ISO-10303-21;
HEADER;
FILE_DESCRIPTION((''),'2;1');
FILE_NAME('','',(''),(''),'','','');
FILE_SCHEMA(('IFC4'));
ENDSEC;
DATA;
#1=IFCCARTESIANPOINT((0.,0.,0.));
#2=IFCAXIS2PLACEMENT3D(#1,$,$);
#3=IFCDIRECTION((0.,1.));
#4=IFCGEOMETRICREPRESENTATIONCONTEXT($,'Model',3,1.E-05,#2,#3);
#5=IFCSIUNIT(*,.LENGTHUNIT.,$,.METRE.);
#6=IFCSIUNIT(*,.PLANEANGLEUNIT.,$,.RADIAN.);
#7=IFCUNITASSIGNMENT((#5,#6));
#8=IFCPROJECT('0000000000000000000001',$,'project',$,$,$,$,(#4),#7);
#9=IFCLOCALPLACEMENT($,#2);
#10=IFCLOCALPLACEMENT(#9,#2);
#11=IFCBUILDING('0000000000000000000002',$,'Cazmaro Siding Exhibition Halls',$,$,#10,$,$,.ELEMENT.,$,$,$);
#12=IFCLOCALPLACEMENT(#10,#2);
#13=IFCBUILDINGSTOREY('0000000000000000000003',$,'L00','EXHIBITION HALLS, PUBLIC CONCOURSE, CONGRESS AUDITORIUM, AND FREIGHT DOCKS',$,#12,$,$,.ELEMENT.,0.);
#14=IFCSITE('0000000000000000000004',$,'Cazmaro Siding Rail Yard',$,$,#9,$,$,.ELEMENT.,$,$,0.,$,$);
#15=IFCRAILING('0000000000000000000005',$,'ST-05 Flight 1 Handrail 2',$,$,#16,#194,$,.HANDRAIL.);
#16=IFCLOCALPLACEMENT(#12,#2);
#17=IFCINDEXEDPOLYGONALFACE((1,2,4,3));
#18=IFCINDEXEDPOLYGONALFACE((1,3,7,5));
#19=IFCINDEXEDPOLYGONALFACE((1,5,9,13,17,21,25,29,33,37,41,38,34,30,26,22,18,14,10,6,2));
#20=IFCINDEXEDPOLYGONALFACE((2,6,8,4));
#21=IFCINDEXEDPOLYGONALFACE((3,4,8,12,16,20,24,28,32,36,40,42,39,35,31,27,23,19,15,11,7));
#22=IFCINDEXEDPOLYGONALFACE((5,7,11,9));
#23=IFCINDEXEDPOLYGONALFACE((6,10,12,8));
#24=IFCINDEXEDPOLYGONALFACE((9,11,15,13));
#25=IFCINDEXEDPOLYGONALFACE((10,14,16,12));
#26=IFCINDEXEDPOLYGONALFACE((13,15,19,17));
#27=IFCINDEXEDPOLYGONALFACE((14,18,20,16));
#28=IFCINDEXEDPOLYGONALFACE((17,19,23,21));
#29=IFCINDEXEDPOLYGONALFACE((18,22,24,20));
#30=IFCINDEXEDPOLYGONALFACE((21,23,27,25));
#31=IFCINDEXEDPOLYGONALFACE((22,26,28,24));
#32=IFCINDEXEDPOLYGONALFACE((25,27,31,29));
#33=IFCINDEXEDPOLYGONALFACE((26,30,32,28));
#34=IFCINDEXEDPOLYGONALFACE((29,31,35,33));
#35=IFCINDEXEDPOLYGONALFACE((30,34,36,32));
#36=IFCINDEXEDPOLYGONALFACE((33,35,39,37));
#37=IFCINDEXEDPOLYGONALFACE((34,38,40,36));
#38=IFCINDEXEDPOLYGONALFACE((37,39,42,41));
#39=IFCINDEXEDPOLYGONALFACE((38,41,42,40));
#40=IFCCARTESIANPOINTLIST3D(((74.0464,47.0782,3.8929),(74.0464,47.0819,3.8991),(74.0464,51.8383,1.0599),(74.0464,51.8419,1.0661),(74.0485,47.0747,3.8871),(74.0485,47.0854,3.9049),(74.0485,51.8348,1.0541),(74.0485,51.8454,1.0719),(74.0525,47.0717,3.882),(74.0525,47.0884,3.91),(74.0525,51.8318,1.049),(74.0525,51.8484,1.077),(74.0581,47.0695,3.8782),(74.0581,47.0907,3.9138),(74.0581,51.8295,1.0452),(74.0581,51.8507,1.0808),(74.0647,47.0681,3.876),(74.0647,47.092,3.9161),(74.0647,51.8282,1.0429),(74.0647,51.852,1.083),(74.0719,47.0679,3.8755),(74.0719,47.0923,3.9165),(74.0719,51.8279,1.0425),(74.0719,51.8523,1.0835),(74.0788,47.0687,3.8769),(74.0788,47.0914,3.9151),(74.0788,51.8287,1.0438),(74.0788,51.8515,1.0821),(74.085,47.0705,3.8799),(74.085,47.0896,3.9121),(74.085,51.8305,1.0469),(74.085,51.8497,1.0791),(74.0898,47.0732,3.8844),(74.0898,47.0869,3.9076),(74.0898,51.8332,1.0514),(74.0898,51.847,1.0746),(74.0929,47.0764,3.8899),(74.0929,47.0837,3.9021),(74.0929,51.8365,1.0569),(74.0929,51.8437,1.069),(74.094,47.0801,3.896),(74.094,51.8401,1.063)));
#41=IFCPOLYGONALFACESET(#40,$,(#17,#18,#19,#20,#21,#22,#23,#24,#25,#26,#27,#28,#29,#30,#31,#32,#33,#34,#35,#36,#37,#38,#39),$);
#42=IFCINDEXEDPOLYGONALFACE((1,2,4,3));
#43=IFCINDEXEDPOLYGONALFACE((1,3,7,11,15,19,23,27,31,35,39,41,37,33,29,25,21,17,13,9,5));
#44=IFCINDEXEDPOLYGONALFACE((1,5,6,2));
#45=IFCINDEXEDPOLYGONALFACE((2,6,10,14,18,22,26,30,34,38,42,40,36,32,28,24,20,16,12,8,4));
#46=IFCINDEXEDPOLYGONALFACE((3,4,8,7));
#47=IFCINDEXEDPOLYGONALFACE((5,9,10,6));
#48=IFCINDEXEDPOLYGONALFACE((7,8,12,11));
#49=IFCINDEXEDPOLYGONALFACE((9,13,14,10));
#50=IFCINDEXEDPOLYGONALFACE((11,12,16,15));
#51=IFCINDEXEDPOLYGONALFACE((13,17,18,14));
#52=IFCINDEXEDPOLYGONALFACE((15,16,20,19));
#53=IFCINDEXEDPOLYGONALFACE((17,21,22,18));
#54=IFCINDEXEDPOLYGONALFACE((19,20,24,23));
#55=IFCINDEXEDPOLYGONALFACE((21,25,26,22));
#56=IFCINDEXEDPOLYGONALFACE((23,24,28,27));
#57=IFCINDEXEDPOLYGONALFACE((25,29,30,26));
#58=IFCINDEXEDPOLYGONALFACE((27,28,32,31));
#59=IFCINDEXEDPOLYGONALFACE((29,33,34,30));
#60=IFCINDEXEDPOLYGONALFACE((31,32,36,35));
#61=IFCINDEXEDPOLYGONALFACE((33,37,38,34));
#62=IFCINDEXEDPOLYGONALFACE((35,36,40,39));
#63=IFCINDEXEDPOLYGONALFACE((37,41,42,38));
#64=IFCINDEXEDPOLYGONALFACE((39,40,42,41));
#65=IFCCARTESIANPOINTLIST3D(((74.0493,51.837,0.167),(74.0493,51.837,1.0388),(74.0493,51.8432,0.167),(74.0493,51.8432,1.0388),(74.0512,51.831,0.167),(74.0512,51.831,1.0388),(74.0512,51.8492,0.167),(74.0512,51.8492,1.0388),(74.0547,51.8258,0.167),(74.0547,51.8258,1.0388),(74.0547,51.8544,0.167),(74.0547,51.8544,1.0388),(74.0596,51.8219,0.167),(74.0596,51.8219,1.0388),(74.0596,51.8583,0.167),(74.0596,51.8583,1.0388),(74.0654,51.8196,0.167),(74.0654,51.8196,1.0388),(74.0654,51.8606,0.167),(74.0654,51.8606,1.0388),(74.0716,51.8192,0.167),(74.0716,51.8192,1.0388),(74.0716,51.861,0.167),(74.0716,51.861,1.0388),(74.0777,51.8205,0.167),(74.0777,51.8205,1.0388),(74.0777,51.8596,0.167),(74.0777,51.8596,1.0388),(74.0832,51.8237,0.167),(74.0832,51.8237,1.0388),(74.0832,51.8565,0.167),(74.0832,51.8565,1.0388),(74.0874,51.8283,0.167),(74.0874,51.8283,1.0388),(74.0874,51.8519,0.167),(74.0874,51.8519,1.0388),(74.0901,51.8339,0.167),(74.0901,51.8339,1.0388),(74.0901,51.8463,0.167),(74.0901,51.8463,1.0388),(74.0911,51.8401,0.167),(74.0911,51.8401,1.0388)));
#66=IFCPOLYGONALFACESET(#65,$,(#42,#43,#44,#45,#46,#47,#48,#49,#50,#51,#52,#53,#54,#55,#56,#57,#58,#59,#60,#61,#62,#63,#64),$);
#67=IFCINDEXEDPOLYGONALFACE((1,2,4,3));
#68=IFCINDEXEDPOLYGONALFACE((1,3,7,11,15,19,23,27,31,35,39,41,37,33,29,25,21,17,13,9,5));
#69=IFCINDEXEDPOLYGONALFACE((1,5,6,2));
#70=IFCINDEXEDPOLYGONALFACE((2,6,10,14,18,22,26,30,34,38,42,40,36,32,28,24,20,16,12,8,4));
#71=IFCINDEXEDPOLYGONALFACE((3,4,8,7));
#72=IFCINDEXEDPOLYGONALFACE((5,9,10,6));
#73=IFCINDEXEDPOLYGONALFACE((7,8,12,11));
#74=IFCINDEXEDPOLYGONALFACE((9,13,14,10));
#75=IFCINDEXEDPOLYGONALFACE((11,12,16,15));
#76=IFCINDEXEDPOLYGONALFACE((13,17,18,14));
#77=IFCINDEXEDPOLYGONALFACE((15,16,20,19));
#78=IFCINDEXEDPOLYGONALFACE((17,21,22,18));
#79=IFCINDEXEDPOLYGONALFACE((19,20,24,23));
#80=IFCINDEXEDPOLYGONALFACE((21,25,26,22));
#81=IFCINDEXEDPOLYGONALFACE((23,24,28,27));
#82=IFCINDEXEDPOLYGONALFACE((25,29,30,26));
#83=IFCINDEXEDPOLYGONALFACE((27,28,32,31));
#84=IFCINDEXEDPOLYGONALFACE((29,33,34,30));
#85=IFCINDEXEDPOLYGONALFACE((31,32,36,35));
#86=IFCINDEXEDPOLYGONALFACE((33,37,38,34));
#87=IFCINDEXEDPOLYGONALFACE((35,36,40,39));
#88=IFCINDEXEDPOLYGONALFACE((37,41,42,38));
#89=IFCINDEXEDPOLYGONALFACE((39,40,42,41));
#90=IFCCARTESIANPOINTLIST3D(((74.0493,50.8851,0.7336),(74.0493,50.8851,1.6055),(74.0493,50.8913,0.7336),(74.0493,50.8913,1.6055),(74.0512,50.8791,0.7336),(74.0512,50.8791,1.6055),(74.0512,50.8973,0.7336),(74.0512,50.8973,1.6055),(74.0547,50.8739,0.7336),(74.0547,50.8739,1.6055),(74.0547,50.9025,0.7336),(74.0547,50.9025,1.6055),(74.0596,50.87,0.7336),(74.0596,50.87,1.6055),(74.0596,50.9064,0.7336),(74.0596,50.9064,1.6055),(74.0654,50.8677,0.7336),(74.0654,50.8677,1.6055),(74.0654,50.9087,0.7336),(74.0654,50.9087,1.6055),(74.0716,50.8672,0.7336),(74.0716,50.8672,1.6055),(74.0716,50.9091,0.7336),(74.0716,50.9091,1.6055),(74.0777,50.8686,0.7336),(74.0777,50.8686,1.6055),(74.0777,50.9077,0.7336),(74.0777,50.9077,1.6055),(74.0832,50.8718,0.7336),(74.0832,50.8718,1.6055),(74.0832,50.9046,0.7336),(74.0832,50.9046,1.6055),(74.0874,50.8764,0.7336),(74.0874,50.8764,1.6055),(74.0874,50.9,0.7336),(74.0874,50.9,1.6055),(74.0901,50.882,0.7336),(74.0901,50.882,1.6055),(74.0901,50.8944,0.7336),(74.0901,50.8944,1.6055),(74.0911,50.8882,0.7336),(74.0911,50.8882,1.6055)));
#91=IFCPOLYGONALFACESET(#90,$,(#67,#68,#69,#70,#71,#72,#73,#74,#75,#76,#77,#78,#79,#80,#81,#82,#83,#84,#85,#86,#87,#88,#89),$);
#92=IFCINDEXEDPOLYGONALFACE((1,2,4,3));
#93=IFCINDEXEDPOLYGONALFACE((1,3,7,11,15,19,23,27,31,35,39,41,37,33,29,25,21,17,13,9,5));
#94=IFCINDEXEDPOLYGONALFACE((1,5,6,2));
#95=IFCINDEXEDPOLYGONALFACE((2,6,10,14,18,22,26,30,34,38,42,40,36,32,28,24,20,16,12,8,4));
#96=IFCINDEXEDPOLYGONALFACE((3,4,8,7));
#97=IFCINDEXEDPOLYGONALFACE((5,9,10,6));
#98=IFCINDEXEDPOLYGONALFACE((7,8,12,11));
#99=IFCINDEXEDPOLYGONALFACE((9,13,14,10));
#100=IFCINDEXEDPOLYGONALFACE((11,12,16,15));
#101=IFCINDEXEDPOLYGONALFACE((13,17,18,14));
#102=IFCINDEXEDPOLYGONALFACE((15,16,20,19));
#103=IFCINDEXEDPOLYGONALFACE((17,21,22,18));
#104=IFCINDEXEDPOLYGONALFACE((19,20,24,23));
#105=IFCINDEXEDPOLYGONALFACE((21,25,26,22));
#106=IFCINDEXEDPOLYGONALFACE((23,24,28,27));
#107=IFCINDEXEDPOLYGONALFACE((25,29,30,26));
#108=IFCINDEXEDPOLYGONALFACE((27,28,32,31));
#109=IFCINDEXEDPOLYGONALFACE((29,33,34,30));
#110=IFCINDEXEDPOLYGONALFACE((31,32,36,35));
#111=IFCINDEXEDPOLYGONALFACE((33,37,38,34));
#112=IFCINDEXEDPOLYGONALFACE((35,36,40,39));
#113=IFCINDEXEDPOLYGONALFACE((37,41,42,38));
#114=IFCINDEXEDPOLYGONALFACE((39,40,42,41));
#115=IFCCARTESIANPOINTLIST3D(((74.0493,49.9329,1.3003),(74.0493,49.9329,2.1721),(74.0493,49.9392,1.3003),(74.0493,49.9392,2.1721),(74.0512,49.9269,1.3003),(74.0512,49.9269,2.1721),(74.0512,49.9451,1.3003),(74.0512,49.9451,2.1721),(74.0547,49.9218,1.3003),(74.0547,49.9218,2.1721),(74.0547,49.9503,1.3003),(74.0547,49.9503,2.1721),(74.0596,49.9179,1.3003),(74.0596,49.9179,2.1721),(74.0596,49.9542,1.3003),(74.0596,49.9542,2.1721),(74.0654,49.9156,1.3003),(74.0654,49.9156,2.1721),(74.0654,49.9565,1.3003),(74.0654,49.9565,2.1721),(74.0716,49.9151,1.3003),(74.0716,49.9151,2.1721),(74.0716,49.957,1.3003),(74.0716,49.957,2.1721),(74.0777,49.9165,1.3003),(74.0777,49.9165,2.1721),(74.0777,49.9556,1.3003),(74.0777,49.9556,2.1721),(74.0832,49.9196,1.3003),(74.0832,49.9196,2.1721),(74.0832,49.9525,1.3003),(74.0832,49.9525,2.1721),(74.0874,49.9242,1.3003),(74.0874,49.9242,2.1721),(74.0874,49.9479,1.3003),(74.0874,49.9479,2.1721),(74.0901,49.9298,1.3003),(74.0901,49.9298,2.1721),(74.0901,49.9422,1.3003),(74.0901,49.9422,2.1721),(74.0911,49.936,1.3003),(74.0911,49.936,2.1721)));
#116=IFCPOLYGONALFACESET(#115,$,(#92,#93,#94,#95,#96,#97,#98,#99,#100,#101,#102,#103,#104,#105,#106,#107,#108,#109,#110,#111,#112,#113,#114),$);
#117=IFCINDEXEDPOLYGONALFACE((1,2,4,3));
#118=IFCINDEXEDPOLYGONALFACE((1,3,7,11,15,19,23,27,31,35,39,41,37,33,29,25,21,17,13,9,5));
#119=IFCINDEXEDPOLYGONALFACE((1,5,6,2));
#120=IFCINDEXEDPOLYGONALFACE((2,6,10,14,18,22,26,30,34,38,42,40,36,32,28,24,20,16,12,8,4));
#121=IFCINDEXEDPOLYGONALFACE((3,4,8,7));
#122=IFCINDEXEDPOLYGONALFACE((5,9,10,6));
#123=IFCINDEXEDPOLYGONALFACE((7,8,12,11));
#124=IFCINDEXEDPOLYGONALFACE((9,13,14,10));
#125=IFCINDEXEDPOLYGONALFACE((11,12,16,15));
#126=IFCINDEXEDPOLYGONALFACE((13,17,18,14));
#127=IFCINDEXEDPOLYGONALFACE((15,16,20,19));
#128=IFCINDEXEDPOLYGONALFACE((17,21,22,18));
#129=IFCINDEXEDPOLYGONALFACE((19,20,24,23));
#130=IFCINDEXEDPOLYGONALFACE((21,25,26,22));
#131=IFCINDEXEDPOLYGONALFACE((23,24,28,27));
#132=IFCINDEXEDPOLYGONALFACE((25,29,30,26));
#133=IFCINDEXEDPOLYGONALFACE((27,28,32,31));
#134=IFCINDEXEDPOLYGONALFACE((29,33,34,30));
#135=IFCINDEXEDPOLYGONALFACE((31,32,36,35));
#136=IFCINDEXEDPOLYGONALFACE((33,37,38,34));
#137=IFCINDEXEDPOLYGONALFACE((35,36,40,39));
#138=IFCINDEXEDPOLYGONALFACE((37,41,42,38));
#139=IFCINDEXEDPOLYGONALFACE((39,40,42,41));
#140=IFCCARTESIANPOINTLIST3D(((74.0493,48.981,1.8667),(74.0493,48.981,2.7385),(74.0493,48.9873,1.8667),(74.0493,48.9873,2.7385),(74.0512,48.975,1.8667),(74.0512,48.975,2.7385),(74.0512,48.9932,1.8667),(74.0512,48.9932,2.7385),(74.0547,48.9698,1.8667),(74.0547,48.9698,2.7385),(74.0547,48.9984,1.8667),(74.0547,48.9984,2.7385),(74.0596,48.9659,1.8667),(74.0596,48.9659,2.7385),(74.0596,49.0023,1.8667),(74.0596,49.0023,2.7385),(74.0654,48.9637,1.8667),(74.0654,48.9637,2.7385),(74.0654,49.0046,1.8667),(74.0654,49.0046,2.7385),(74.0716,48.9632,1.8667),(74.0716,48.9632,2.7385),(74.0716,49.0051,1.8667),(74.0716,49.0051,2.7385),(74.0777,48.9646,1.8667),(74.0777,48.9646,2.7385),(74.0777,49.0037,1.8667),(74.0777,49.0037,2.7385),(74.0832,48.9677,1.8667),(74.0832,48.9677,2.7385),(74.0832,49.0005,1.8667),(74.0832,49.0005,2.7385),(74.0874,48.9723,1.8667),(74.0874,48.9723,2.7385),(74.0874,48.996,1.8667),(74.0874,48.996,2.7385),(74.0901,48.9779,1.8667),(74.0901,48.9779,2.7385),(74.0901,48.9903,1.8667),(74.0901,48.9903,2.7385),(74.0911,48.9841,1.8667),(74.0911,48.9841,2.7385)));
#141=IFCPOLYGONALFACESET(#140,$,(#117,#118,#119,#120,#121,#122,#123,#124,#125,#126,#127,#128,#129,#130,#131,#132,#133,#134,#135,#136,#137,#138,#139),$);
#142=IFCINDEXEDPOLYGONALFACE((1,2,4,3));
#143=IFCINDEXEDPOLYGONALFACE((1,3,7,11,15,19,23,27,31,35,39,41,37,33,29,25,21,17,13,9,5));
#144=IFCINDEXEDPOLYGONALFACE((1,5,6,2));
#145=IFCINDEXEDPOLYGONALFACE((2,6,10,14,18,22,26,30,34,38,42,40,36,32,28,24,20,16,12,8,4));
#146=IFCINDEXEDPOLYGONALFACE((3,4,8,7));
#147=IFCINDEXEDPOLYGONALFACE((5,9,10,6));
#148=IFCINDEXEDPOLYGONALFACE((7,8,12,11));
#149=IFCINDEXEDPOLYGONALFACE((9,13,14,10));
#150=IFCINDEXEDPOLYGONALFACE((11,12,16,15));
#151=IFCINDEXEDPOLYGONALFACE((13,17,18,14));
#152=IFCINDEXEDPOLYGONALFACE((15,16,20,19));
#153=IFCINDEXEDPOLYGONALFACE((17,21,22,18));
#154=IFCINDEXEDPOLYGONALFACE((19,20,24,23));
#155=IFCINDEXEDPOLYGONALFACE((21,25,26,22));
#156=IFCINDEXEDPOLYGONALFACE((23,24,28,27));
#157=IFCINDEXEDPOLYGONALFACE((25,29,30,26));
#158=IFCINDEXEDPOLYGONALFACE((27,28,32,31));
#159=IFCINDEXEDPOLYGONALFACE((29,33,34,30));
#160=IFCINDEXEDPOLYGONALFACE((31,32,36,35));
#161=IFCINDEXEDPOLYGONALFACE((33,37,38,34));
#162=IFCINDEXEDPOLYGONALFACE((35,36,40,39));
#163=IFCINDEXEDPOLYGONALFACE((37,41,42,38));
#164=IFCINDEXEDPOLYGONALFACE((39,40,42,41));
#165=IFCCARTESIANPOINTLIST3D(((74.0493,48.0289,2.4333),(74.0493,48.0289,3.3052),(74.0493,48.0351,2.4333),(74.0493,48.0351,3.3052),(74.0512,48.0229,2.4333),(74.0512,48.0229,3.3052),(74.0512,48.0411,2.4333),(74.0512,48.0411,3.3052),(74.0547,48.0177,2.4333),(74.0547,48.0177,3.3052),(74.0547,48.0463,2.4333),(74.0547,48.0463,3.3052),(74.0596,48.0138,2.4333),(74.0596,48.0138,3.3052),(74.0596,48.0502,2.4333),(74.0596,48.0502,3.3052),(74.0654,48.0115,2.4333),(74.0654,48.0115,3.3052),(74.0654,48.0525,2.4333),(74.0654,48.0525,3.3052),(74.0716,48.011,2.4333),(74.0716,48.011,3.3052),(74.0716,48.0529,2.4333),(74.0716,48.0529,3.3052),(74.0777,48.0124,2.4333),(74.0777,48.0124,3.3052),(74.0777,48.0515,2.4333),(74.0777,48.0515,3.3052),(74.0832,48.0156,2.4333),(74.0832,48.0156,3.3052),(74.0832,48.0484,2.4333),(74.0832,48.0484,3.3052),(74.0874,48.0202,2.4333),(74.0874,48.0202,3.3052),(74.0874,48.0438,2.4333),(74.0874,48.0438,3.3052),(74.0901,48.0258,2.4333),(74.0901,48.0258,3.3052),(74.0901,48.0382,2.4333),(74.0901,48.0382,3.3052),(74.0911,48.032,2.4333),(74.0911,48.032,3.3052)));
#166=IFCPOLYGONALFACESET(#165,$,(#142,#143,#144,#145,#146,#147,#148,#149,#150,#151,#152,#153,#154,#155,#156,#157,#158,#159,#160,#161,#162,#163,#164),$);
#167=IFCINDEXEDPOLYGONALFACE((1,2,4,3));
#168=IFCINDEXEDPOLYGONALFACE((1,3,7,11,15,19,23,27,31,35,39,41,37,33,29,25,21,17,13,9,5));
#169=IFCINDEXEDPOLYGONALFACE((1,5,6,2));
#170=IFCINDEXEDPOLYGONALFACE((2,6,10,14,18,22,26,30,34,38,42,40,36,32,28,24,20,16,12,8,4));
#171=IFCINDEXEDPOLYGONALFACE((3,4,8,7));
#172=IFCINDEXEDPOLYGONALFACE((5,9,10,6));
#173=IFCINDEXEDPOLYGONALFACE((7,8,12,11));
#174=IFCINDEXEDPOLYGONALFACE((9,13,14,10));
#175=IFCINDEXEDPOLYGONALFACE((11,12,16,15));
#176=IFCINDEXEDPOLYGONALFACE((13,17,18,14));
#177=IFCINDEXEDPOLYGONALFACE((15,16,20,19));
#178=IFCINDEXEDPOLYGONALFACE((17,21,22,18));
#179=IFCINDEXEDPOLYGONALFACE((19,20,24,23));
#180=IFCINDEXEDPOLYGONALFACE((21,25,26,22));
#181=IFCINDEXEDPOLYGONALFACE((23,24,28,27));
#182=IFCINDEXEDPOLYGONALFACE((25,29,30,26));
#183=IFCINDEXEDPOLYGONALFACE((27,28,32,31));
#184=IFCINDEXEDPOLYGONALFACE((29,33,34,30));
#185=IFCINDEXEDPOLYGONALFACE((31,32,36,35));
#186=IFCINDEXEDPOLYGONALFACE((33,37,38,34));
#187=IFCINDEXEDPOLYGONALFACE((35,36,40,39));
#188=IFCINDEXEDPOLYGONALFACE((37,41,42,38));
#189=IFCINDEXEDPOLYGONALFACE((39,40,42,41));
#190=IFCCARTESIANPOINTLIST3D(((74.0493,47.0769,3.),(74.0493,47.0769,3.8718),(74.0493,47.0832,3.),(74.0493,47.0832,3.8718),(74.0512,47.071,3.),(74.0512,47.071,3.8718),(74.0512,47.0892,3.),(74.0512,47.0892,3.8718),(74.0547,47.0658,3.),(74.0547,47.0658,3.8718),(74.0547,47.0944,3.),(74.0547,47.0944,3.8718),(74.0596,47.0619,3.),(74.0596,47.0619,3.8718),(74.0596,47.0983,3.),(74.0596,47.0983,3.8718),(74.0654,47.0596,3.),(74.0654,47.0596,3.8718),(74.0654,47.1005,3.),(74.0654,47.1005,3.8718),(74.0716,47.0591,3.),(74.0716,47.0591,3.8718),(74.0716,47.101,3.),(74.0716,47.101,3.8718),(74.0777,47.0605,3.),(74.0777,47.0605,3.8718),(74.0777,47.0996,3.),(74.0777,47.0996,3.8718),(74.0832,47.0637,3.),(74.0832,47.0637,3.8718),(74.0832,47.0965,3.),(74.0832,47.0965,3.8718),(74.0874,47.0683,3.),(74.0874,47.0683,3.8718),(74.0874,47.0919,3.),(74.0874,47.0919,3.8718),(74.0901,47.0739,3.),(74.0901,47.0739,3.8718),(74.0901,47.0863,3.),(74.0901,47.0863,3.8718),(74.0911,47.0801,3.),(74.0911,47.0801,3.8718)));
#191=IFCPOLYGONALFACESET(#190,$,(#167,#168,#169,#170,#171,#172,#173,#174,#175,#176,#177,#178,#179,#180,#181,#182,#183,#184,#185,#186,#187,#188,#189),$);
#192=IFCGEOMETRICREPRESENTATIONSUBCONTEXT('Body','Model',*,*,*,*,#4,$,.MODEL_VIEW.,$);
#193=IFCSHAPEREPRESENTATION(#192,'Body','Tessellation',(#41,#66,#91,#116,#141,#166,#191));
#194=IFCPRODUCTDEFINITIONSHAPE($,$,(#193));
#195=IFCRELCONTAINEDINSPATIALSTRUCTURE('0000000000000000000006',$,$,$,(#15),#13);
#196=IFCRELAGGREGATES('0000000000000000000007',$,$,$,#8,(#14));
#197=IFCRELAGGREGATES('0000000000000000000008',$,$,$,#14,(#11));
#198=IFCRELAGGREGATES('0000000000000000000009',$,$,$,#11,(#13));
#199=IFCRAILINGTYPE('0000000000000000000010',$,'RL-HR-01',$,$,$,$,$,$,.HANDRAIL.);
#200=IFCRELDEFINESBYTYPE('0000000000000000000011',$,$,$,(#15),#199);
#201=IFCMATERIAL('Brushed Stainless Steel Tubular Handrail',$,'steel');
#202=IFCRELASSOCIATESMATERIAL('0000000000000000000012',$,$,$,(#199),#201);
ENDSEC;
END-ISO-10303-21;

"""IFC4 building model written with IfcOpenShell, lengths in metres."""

from ifc_helpers import new_model, si_unit, direction, frame, origin, origin_2d, place, context, subcontext, project, spatial, circle, extrude, material, type_object, element, save


model = new_model("IFC4")

# Units and contexts
model_context = context("Model", 3, precision=1e-05, world=origin(), true_north=direction((0.0, 1.0)))
body_context = subcontext(model_context, "Body", "Model", "MODEL_VIEW")
ifc_project = project(units=[si_unit("LENGTHUNIT", "METRE"), si_unit("PLANEANGLEUNIT", "RADIAN")], contexts=[model_context])

# Site, building, storey
site_placement = place(None, origin())
site = spatial("IfcSite", under=ifc_project, at=site_placement, Name="Cazmaro Siding Rail Yard", CompositionType="ELEMENT", RefElevation=0.0)
building_placement = place(site_placement, origin())
building = spatial("IfcBuilding", under=site, at=building_placement, Name="Cazmaro Siding Exhibition Halls", CompositionType="ELEMENT")
storey_placement = place(building_placement, origin())
storey = spatial("IfcBuildingStorey", under=building, at=storey_placement, Name="L00", Description="EXHIBITION HALLS, PUBLIC CONCOURSE, CONGRESS AUDITORIUM, AND FREIGHT DOCKS", CompositionType="ELEMENT", Elevation=0.0)

# Railing
ifc_material_1 = material(Name="Brushed Stainless Steel Tubular Handrail", Category="steel")
railing_type_1 = type_object("IfcRailingType", Name="RL-HR-01", PredefinedType="HANDRAIL", material=ifc_material_1)
railing_1_placement = place(storey_placement, frame((74.0701, 51.8401, 0.167)))
element("IfcRailing", 1, at=railing_1_placement, inside=storey, type_object=railing_type_1, Name="ST-05 Flight 1 Handrail 2", PredefinedType="HANDRAIL", context=body_context, shape_type="SweptSolid", body=[
    extrude(circle(Radius=0.0239, at=origin_2d()), frame((0.0, 0.0, 0.896), z_axis=(0.0, -0.859319, 0.51144), x_axis=(1.0, 0.0, 0.0)), (0.0, 0.0, 1.0), 5.5393),
    extrude(circle(Radius=0.021, at=origin_2d()), origin(), (0.0, 0.0, 1.0), 0.8718),
    extrude(circle(Radius=0.021, at=origin_2d()), frame((0.0, -0.9519, 0.5667)), (0.0, 0.0, 1.0), 0.8718),
    extrude(circle(Radius=0.021, at=origin_2d()), frame((0.0, -1.9041, 1.1333)), (0.0, 0.0, 1.0), 0.8718),
    extrude(circle(Radius=0.021, at=origin_2d()), frame((0.0, -2.856, 1.6997)), (0.0, 0.0, 1.0), 0.8718),
    extrude(circle(Radius=0.021, at=origin_2d()), frame((0.0, -3.8081, 2.2664)), (0.0, 0.0, 1.0), 0.8718),
    extrude(circle(Radius=0.021, at=origin_2d()), frame((0.0, -4.76, 2.833)), (0.0, 0.0, 1.0), 0.8718),
])

save(model, "model.ifc")
